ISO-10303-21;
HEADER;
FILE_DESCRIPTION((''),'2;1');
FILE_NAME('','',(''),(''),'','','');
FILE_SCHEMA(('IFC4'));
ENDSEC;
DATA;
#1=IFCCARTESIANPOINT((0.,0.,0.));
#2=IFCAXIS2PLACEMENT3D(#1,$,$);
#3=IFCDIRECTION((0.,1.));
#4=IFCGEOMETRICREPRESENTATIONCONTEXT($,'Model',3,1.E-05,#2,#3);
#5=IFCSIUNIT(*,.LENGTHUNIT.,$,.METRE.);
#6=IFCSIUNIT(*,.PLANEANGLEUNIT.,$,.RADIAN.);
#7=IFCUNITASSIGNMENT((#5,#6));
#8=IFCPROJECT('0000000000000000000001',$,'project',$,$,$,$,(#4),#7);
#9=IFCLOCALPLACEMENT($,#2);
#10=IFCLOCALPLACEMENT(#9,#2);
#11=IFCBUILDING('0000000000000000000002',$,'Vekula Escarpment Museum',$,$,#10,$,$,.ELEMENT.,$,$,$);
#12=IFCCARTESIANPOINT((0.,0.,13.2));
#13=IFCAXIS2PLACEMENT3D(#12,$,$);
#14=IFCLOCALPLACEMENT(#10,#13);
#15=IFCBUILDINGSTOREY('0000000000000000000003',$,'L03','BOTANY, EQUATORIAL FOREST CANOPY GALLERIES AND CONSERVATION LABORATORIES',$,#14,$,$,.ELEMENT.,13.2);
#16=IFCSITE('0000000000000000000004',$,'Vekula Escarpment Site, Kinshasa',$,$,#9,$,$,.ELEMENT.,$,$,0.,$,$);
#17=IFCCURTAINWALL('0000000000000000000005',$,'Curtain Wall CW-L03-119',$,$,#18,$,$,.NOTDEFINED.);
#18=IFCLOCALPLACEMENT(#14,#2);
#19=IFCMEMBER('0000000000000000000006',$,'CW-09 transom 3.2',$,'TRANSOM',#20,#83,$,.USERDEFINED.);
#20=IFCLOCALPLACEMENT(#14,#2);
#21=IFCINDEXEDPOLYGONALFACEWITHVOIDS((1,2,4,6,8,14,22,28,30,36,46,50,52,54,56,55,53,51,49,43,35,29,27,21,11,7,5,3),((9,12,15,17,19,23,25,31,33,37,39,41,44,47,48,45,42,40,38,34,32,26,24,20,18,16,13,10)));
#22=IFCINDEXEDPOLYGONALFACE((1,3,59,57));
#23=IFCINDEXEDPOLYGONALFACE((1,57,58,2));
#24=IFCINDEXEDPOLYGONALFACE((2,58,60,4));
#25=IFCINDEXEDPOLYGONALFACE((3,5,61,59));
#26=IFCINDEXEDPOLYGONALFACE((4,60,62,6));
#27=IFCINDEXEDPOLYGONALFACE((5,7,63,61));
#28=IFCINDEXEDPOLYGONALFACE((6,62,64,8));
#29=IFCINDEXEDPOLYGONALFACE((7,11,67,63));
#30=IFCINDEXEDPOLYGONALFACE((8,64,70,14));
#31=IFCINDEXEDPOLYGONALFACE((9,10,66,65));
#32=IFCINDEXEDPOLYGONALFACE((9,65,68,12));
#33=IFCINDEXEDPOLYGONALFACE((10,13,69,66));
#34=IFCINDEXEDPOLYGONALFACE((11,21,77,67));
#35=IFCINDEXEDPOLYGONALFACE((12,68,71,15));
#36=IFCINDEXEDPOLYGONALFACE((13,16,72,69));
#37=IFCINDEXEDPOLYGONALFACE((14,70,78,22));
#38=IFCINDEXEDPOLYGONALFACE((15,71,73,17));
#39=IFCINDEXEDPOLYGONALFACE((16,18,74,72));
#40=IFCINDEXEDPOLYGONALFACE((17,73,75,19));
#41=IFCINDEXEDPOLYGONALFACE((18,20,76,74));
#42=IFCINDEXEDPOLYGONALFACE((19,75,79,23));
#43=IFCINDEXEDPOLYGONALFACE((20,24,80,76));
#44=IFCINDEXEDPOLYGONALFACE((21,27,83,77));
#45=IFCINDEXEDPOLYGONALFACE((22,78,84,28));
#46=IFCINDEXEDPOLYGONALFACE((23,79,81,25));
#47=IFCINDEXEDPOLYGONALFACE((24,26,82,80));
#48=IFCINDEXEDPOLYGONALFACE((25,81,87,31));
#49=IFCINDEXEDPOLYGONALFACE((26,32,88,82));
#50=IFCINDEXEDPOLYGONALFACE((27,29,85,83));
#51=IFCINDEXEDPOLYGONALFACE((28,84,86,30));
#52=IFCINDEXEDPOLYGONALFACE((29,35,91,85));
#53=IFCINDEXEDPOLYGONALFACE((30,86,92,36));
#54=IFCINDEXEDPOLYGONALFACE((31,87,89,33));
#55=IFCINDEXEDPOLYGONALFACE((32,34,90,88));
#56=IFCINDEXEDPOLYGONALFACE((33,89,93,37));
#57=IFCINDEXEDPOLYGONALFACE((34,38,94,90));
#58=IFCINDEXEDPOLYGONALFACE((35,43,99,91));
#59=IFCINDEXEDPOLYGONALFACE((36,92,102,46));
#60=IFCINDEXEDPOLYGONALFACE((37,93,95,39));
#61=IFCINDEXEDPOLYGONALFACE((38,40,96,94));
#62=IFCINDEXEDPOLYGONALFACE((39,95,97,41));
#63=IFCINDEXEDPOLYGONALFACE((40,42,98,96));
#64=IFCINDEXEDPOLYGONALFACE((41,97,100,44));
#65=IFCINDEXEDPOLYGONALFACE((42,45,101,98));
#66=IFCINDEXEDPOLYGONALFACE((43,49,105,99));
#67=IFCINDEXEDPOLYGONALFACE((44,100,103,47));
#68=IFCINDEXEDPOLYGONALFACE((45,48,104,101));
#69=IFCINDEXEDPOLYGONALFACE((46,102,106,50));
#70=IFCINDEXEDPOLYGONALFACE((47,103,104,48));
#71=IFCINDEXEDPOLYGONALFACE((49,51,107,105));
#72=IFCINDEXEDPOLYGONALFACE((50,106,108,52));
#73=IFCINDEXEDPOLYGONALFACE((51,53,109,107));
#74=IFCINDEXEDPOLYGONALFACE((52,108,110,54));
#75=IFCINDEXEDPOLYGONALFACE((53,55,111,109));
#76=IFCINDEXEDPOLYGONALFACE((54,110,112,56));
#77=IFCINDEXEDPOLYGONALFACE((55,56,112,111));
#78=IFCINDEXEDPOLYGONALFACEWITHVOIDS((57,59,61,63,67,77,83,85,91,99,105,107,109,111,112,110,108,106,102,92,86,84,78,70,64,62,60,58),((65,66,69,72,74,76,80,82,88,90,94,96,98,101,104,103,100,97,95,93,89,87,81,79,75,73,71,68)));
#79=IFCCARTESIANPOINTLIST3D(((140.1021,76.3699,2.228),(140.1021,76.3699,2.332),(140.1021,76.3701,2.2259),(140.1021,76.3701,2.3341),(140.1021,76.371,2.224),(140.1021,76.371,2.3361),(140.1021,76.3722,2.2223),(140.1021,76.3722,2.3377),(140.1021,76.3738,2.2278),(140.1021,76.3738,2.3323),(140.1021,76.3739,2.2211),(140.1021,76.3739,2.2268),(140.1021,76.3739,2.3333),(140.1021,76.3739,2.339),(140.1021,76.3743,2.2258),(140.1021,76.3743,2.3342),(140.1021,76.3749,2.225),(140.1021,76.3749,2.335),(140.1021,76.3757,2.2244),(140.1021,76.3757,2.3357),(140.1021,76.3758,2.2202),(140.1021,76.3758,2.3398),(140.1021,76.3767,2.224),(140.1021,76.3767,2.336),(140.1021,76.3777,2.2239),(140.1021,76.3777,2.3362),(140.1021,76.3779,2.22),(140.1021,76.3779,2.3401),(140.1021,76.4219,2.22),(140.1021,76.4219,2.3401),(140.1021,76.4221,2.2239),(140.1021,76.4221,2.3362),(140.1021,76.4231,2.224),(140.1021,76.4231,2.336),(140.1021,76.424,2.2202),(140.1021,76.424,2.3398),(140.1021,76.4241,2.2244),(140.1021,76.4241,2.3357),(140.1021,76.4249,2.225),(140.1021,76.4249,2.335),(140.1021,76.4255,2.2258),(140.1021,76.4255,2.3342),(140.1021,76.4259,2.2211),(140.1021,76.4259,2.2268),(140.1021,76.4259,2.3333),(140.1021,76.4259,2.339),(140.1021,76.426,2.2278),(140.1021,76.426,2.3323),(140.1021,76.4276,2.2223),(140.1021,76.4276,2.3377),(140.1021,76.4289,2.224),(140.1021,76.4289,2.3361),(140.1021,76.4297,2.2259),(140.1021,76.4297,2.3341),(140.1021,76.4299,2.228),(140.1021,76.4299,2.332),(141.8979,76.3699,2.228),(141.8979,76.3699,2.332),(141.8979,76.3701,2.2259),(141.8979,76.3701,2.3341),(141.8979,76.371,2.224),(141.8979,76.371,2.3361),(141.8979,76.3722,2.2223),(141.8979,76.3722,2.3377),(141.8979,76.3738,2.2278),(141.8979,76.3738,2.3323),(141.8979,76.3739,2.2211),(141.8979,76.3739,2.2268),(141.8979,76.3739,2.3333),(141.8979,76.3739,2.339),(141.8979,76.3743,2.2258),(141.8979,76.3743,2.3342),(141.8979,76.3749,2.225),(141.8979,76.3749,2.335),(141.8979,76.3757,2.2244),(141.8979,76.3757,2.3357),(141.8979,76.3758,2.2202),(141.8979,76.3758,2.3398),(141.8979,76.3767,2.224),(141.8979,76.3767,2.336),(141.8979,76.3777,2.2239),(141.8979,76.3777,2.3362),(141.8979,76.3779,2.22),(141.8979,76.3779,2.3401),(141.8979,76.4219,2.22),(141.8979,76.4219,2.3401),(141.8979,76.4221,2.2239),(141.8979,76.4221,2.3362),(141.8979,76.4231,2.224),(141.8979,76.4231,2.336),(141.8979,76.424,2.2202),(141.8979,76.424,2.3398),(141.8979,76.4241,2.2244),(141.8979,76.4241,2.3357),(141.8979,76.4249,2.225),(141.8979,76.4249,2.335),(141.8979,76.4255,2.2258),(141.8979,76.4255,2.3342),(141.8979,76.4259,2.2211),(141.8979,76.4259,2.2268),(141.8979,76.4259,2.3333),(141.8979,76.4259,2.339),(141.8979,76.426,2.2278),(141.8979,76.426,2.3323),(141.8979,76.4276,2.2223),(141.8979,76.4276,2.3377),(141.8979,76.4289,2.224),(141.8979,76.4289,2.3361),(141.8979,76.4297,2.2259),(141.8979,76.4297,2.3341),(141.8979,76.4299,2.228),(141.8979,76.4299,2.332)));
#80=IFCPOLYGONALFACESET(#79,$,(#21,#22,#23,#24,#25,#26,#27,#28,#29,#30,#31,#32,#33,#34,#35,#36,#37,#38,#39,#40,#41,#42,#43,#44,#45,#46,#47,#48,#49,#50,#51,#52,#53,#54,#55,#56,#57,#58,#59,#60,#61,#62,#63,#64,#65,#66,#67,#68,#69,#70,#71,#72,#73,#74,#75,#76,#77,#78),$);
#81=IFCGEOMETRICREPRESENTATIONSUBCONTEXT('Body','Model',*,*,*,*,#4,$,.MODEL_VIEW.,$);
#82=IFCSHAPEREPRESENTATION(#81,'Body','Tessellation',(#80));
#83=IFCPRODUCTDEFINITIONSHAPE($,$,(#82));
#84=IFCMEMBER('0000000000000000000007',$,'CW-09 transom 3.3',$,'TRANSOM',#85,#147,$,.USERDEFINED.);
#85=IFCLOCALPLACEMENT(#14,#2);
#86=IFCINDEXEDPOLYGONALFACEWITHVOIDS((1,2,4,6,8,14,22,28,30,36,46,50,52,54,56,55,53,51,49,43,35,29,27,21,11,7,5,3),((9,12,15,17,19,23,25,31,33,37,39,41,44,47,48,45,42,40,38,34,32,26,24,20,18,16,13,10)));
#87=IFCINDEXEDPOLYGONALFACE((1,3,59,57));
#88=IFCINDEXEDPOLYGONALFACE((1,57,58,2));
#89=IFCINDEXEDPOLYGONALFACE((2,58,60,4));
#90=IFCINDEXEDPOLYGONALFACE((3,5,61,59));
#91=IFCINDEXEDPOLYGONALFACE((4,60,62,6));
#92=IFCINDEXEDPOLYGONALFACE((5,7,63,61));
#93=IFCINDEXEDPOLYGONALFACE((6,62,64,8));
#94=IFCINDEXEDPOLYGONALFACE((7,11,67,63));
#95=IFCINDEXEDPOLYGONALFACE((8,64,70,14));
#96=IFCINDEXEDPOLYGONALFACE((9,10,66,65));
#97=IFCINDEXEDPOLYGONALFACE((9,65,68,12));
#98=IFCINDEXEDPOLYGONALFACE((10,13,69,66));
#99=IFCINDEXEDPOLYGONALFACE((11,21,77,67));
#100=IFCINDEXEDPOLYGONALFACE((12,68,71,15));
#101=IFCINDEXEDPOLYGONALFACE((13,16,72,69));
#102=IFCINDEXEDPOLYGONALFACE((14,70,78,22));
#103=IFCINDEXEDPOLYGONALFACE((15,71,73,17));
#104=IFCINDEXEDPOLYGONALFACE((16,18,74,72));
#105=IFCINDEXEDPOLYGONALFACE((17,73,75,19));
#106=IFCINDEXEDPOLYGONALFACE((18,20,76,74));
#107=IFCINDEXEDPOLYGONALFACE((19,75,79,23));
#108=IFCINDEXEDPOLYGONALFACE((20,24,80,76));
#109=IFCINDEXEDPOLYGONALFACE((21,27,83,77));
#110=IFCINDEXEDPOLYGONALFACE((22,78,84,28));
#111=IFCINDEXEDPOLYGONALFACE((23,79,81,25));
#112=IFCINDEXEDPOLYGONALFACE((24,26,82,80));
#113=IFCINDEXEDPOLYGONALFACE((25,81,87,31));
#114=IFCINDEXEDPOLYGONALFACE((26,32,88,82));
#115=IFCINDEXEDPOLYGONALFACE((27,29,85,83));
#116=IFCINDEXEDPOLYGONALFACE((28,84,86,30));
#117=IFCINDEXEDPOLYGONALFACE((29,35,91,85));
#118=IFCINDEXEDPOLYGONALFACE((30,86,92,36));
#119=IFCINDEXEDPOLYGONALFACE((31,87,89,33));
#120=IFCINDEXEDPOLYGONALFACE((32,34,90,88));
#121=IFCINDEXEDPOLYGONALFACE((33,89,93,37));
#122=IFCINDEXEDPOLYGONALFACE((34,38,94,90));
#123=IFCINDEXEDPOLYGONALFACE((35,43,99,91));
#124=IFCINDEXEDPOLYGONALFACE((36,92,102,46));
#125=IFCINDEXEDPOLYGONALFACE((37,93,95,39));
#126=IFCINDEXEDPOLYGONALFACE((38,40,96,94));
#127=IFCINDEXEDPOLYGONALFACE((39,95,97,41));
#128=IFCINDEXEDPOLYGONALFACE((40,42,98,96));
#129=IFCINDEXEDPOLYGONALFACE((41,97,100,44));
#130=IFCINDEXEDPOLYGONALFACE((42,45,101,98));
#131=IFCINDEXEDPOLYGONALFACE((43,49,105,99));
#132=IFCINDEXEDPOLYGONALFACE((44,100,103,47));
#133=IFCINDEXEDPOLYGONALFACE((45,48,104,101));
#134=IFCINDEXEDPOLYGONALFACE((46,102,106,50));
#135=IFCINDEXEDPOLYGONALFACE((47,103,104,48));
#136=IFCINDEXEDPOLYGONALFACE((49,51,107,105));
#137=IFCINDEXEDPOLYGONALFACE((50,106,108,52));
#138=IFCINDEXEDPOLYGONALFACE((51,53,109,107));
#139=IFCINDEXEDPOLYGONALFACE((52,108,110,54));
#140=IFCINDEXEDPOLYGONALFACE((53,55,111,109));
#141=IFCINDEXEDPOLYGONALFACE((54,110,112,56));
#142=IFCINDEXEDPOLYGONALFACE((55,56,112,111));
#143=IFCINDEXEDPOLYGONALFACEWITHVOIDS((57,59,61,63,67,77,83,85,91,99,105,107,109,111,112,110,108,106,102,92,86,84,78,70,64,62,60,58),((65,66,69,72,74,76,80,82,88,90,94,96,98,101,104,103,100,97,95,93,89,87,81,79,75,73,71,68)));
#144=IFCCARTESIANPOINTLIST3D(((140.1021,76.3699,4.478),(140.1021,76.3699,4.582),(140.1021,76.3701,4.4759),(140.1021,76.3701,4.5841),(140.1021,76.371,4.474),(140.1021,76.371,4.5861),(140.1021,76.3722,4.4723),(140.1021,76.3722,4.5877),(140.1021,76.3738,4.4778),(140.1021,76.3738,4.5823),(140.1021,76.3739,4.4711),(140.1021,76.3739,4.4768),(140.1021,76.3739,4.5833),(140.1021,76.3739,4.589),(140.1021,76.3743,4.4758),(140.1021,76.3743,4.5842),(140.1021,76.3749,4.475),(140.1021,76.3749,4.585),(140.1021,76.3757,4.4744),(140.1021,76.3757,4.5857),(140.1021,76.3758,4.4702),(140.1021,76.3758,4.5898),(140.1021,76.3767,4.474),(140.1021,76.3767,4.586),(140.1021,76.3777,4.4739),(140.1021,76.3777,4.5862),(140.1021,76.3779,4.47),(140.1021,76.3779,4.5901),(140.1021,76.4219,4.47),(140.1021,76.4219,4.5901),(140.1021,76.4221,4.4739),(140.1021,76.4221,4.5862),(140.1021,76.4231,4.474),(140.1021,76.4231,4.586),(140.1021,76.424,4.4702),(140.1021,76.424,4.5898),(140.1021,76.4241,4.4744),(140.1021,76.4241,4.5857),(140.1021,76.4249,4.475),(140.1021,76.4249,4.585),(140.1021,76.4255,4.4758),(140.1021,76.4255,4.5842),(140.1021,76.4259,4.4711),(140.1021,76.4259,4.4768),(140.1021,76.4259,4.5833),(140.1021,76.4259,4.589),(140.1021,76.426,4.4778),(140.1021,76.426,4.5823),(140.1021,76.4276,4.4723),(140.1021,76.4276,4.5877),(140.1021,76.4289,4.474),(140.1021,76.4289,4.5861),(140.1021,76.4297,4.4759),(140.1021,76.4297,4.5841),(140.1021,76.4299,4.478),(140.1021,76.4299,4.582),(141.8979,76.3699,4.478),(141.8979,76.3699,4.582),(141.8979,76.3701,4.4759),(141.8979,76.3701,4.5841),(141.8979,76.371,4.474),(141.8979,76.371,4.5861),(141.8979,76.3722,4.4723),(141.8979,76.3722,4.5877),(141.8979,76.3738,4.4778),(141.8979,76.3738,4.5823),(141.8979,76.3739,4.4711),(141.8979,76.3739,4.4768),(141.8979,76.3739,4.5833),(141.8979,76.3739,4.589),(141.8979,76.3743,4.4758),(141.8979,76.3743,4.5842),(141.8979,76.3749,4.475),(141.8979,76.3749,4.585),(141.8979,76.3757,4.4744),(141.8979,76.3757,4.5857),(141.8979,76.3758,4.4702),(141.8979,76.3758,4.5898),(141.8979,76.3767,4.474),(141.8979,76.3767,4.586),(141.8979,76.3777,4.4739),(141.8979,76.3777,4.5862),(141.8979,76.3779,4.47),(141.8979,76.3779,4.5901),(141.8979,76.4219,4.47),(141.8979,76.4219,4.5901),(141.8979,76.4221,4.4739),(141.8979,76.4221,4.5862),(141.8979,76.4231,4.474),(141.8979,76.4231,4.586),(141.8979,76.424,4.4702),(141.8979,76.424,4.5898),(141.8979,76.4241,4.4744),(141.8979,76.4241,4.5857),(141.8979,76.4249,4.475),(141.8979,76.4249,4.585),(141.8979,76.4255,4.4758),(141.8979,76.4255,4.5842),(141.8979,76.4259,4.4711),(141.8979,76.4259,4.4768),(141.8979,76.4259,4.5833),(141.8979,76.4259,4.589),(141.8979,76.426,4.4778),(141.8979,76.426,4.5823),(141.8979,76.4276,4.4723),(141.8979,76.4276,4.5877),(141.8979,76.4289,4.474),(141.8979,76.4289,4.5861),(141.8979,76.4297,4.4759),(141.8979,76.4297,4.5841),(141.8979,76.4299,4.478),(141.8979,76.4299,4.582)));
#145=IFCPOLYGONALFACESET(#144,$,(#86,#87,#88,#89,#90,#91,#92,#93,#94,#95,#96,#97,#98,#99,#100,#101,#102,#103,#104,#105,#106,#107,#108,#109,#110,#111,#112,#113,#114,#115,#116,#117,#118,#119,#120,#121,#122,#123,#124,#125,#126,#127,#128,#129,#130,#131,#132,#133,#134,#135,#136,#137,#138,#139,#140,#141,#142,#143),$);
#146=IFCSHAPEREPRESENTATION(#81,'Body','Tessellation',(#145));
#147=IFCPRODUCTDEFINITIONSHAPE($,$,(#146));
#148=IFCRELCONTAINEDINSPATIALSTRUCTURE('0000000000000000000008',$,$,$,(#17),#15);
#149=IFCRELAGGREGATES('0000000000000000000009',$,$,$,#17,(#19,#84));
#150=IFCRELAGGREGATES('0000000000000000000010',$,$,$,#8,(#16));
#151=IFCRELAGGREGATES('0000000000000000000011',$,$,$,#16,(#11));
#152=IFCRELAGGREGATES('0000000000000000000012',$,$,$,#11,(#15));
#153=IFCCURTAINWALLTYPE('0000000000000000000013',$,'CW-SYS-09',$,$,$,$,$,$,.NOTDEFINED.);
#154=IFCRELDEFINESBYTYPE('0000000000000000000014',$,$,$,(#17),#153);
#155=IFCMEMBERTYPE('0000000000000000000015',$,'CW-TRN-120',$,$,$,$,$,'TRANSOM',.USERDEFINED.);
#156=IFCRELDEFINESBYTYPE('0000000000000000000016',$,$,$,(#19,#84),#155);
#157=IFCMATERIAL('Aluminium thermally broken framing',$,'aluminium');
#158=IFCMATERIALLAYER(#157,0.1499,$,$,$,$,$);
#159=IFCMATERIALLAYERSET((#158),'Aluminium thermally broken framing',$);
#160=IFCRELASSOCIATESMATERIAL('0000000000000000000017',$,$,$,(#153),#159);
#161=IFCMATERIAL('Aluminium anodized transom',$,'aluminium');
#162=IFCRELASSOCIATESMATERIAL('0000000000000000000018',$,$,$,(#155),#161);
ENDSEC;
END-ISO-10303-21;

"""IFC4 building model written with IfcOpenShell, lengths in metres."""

from ifc_helpers import new_model, si_unit, direction, frame, origin, origin_2d, place, context, subcontext, project, spatial, hollow_rectangle, extrude, material, layer, layer_set, material_profile, profile_set, type_object, element, aggregate, save


model = new_model("IFC4")

# Units and contexts
model_context = context("Model", 3, precision=1e-05, world=origin(), true_north=direction((0.0, 1.0)))
body_context = subcontext(model_context, "Body", "Model", "MODEL_VIEW")
ifc_project = project(units=[si_unit("LENGTHUNIT", "METRE"), si_unit("PLANEANGLEUNIT", "RADIAN")], contexts=[model_context])

# Site, building, storey
site_placement = place(None, origin())
site = spatial("IfcSite", under=ifc_project, at=site_placement, Name="Vekula Escarpment Site, Kinshasa", CompositionType="ELEMENT", RefElevation=0.0)
building_placement = place(site_placement, origin())
building = spatial("IfcBuilding", under=site, at=building_placement, Name="Vekula Escarpment Museum", CompositionType="ELEMENT")
storey_placement = place(building_placement, frame((0.0, 0.0, 13.2)))
storey = spatial("IfcBuildingStorey", under=building, at=storey_placement, Name="L03", Description="BOTANY, EQUATORIAL FOREST CANOPY GALLERIES AND CONSERVATION LABORATORIES", CompositionType="ELEMENT", Elevation=13.2)

# Curtain wall
ifc_material_1 = material(Name="Aluminium thermally broken framing", Category="aluminium")
ifc_layer_1 = layer(ifc_material_1, 0.1499)
ifc_layer_set_1 = layer_set([ifc_layer_1], Name="Aluminium thermally broken framing")
curtain_wall_type_1 = type_object("IfcCurtainWallType", Name="CW-SYS-09", PredefinedType="NOTDEFINED", material=ifc_layer_set_1)
curtain_wall_1_placement = place(storey_placement, origin())
curtain_wall_1 = element("IfcCurtainWall", 1, at=curtain_wall_1_placement, inside=storey, type_object=curtain_wall_type_1, Name="Curtain Wall CW-L03-119", PredefinedType="NOTDEFINED")

# Members
ifc_material_2 = material(Name="Aluminium anodized transom", Category="aluminium")
ifc_material_profile_1 = material_profile(ifc_material_2, hollow_rectangle(XDim=0.0601, YDim=0.1201, WallThickness=0.0039, InnerFilletRadius=0.0039, OuterFilletRadius=0.0081, at=origin_2d()), Name="ALU 120x60x4")
ifc_profile_set_1 = profile_set([ifc_material_profile_1], Name="Aluminium anodized transom")
member_type_1 = type_object("IfcMemberType", Name="CW-TRN-120", ElementType="TRANSOM", PredefinedType="USERDEFINED", material=ifc_profile_set_1)
member_1_placement = place(storey_placement, frame((141.8979, 76.3999, 2.28), z_axis=(-1.0, 0.0, 0.0), x_axis=(0.0, -1.0, 0.0)))
member_1 = element("IfcMember", 2, at=member_1_placement, type_object=member_type_1, Name="CW-09 transom 3.2", ObjectType="TRANSOM", PredefinedType="USERDEFINED", context=body_context, shape_type="SweptSolid", body=[
    extrude(hollow_rectangle(XDim=0.0601, YDim=0.1201, WallThickness=0.0039, InnerFilletRadius=0.0039, OuterFilletRadius=0.0081, at=origin_2d()), origin(), (0.0, 0.0, 1.0), 1.7959),
])
member_2_placement = place(storey_placement, frame((141.8979, 76.3999, 4.53), z_axis=(-1.0, 0.0, 0.0), x_axis=(0.0, -1.0, 0.0)))
member_2 = element("IfcMember", 3, at=member_2_placement, type_object=member_type_1, Name="CW-09 transom 3.3", ObjectType="TRANSOM", PredefinedType="USERDEFINED", context=body_context, shape_type="SweptSolid", body=[
    extrude(hollow_rectangle(XDim=0.0601, YDim=0.1201, WallThickness=0.0039, InnerFilletRadius=0.0039, OuterFilletRadius=0.0081, at=origin_2d()), origin(), (0.0, 0.0, 1.0), 1.7959),
])

aggregate(curtain_wall_1, [member_1, member_2])

save(model, "model.ifc")
